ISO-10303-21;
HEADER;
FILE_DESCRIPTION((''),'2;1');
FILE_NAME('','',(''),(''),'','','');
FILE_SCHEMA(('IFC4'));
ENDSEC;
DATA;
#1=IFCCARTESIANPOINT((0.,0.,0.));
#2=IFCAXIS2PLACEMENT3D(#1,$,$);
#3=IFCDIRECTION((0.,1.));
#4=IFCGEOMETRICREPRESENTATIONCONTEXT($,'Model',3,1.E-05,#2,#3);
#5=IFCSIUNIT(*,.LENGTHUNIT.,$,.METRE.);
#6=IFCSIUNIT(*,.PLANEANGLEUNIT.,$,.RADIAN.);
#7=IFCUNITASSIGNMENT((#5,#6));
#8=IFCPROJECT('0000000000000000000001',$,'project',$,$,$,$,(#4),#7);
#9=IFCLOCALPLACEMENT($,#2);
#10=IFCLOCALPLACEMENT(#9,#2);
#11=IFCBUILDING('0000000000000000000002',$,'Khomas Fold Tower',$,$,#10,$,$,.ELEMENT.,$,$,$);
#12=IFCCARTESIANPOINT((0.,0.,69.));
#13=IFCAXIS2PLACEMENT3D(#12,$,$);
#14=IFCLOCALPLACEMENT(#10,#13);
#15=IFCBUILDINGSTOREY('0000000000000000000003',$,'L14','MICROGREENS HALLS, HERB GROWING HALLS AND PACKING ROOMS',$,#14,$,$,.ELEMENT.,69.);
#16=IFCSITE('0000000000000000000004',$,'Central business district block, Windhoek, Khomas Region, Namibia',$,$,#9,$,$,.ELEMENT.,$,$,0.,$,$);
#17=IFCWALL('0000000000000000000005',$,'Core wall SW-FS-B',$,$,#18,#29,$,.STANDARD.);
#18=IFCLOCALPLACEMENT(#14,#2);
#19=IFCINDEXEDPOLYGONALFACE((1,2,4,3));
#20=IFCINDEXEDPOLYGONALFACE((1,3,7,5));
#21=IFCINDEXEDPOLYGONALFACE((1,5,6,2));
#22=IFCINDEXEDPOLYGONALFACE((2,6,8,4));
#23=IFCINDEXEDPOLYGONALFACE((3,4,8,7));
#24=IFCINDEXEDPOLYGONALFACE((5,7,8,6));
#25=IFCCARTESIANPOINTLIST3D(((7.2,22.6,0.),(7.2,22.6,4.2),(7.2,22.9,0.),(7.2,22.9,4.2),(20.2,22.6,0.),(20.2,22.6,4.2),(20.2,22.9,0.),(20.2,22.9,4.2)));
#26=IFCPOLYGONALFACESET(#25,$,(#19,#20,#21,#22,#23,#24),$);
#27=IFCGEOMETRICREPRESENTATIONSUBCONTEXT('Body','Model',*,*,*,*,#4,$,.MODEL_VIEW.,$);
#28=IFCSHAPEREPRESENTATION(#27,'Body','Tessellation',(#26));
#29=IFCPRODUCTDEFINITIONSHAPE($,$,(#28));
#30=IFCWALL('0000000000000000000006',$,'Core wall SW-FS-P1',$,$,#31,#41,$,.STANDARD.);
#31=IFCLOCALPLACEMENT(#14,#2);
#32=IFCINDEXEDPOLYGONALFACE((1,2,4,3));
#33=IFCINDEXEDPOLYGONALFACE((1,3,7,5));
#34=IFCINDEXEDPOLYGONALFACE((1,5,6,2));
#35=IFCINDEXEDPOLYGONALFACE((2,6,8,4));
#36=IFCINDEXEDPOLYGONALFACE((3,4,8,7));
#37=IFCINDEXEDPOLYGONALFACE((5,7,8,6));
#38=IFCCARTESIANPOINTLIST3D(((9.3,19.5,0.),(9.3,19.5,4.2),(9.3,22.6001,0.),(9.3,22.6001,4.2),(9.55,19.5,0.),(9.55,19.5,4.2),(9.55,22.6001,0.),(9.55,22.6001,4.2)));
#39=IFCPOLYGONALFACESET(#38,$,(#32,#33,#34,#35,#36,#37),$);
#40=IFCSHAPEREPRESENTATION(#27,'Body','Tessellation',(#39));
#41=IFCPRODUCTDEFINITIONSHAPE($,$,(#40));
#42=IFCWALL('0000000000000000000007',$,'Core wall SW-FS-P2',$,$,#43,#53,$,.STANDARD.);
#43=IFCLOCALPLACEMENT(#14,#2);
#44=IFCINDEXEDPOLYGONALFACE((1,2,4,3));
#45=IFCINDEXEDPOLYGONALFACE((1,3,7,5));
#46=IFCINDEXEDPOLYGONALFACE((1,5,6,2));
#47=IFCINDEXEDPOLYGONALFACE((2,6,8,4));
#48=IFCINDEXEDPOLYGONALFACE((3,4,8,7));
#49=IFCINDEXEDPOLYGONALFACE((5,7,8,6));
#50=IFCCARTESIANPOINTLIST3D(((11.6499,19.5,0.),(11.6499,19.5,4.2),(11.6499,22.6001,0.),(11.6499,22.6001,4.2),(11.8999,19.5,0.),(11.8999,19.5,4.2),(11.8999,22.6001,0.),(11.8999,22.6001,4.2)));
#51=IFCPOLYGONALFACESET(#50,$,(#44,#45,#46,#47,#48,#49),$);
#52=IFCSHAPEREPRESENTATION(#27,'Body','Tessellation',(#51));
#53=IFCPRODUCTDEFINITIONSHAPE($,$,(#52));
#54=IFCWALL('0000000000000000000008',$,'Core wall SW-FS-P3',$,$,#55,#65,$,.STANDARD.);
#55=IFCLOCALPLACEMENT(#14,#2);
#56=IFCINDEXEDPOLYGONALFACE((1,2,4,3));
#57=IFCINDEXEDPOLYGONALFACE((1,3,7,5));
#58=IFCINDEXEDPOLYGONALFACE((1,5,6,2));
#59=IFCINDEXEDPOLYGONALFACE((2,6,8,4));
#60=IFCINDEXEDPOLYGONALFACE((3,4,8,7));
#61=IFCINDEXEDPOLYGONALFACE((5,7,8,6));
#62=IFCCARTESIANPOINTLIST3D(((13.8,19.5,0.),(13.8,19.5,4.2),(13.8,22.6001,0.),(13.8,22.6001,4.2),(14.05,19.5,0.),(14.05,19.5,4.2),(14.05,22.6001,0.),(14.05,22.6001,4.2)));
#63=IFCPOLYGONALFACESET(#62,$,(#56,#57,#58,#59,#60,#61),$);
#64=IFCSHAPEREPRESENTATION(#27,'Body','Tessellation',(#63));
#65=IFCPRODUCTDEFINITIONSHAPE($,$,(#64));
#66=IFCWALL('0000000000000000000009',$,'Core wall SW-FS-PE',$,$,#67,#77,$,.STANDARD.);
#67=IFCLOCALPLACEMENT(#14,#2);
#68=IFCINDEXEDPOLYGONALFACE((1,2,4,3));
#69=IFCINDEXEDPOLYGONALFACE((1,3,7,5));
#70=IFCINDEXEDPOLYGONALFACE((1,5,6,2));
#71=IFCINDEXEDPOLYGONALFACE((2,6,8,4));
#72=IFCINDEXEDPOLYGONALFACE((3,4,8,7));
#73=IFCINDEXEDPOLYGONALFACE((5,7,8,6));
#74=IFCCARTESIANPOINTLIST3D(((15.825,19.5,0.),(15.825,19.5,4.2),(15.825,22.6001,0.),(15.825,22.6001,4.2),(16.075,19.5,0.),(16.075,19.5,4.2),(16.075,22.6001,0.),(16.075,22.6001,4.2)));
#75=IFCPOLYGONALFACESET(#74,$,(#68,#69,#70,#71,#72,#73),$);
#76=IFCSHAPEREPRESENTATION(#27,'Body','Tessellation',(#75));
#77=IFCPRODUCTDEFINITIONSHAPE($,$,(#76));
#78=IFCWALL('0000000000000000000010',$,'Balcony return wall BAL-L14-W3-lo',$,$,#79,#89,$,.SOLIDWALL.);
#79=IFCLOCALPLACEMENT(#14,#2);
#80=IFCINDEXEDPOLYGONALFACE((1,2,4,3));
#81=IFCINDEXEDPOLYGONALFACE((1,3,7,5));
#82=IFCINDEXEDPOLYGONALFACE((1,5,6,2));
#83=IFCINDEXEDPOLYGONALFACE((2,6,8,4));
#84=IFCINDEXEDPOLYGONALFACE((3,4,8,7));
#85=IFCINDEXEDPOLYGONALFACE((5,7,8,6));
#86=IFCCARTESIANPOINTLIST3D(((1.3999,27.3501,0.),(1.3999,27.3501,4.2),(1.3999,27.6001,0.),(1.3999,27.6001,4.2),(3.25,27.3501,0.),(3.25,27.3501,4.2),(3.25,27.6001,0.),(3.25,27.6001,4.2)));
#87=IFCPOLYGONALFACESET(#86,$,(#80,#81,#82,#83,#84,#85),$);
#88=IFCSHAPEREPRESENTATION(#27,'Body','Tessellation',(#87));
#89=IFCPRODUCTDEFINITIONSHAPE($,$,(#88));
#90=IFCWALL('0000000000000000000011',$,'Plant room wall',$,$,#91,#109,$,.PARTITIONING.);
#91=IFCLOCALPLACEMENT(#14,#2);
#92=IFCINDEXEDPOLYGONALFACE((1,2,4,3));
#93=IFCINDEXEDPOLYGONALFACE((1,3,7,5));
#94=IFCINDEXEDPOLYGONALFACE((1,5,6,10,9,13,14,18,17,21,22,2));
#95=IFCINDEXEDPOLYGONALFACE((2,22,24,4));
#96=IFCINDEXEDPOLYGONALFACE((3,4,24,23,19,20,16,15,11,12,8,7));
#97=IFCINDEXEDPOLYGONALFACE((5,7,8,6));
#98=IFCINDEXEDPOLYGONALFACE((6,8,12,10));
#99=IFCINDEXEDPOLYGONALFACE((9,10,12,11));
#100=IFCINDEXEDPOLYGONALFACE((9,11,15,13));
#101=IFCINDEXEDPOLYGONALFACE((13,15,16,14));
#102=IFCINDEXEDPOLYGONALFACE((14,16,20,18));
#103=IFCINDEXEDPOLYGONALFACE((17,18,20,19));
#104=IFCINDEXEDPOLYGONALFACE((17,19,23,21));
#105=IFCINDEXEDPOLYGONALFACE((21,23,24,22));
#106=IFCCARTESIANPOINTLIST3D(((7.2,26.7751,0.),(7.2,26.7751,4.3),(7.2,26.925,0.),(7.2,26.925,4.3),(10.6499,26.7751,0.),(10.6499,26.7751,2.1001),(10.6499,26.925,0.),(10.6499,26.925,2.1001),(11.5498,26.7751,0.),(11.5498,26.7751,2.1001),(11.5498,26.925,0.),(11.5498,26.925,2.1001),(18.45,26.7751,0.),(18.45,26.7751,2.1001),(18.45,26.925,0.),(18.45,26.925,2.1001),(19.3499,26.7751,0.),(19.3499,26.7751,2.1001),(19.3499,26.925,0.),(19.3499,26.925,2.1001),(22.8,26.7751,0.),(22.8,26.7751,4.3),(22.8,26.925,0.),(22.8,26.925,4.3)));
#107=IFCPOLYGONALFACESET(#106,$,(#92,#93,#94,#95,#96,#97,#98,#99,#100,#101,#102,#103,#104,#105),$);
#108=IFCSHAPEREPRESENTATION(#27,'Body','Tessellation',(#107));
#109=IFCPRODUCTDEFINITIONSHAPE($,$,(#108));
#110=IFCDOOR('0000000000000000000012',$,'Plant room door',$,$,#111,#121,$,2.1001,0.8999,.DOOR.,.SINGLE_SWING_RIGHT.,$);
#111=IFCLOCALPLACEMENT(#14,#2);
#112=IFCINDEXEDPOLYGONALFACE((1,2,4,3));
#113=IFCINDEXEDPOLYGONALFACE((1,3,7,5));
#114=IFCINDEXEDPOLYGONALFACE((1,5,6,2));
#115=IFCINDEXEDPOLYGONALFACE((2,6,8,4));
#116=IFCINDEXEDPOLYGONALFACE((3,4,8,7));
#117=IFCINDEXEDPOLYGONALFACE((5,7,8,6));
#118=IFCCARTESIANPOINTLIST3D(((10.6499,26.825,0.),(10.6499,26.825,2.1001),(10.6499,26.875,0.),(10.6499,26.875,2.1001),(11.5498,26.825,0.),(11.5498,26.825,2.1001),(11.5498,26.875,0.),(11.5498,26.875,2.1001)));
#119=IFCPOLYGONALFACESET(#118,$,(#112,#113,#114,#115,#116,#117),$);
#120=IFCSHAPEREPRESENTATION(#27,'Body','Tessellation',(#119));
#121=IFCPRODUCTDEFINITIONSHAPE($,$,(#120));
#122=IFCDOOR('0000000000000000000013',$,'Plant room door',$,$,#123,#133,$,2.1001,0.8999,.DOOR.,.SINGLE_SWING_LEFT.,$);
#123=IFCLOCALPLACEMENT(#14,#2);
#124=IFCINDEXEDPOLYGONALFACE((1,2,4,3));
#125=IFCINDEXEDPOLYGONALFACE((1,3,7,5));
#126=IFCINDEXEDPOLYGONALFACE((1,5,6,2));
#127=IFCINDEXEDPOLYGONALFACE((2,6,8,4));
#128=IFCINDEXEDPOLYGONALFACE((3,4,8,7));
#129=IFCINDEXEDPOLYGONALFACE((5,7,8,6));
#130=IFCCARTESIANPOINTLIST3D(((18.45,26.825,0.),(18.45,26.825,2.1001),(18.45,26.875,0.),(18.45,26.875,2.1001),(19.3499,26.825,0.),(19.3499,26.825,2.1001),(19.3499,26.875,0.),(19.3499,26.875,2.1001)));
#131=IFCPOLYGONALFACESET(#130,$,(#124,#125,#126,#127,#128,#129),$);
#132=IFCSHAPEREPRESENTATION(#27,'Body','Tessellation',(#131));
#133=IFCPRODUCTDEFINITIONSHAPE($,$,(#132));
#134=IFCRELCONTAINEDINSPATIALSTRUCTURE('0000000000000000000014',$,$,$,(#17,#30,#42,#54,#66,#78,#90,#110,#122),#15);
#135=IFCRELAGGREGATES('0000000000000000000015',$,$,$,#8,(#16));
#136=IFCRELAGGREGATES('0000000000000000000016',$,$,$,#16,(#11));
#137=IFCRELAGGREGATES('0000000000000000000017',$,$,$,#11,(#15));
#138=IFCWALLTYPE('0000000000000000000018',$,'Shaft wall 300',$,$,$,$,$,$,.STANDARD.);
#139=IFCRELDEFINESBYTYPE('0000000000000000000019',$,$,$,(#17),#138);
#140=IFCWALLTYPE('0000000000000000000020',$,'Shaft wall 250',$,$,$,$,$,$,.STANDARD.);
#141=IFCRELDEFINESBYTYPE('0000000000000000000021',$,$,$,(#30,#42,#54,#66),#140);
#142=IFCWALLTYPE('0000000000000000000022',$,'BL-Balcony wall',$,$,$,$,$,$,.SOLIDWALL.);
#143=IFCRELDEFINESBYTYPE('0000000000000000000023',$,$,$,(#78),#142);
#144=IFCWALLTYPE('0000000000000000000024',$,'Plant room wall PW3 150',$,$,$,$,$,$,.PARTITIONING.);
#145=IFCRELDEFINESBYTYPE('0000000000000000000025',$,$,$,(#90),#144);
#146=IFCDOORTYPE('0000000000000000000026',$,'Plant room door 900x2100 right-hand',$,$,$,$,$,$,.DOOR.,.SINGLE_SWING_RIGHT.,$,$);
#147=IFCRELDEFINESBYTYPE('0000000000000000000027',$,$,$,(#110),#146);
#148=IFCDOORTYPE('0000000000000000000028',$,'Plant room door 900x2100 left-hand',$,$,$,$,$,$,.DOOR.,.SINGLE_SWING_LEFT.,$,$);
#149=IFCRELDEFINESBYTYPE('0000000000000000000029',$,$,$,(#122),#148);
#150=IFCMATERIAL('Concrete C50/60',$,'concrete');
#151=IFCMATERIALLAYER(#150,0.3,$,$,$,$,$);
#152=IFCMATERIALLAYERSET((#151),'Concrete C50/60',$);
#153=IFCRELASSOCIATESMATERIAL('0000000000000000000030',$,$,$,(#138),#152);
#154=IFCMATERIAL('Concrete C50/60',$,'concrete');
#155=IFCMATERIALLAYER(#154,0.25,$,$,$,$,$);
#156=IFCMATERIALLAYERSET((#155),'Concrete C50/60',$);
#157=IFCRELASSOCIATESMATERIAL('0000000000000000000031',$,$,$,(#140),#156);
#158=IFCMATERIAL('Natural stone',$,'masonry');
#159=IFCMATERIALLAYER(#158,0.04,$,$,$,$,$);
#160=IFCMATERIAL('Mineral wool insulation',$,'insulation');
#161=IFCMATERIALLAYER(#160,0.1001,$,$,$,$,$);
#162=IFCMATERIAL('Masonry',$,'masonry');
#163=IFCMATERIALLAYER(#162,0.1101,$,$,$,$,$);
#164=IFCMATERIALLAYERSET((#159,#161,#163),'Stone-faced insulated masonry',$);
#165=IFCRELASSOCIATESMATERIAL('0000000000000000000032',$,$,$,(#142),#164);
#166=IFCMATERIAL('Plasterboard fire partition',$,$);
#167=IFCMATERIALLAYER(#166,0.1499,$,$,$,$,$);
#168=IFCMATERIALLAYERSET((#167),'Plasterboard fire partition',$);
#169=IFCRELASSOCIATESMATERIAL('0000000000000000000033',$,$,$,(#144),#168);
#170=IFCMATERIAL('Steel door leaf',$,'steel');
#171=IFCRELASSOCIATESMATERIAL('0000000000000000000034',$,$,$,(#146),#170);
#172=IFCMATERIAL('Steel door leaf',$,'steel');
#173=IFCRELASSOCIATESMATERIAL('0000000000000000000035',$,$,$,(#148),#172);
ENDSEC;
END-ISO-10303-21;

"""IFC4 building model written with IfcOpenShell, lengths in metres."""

from ifc_helpers import new_model, si_unit, direction, frame, frame_2d, origin, place, context, subcontext, project, spatial, rectangle, extrude, source, transform, mapped, material, layer, layer_set, type_object, element, fill, save


model = new_model("IFC4")

# Units and contexts
model_context = context("Model", 3, precision=1e-05, world=origin(), true_north=direction((0.0, 1.0)))
body_context = subcontext(model_context, "Body", "Model", "MODEL_VIEW")
ifc_project = project(units=[si_unit("LENGTHUNIT", "METRE"), si_unit("PLANEANGLEUNIT", "RADIAN")], contexts=[model_context])

# Site, building, storey
site_placement = place(None, origin())
site = spatial("IfcSite", under=ifc_project, at=site_placement, Name="Central business district block, Windhoek, Khomas Region, Namibia", CompositionType="ELEMENT", RefElevation=0.0)
building_placement = place(site_placement, origin())
building = spatial("IfcBuilding", under=site, at=building_placement, Name="Khomas Fold Tower", CompositionType="ELEMENT")
storey_placement = place(building_placement, frame((0.0, 0.0, 69.0)))
storey = spatial("IfcBuildingStorey", under=building, at=storey_placement, Name="L14", Description="MICROGREENS HALLS, HERB GROWING HALLS AND PACKING ROOMS", CompositionType="ELEMENT", Elevation=69.0)

# Walls
ifc_material_1 = material(Name="Concrete C50/60", Category="concrete")
ifc_layer_1 = layer(ifc_material_1, 0.3)
ifc_layer_set_1 = layer_set([ifc_layer_1], Name="Concrete C50/60")
wall_type_1 = type_object("IfcWallType", Name="Shaft wall 300", PredefinedType="STANDARD", material=ifc_layer_set_1)
shared_shape_1 = source(origin(), body_context, "Body", "SweptSolid", [
    extrude(rectangle(XDim=13.0, YDim=0.3, at=frame_2d((6.5, 0.0))), origin(), (0.0, 0.0, 1.0), 4.2),
])
wall_1_placement = place(storey_placement, frame((7.2, 22.75, 0.0), z_axis=(0.0, 0.0, 1.0), x_axis=(1.0, 0.0, 0.0)))
element("IfcWall", 1, at=wall_1_placement, inside=storey, type_object=wall_type_1, Name="Core wall SW-FS-B", PredefinedType="STANDARD", context=body_context, shape_type="MappedRepresentation", body=[
    mapped(shared_shape_1, transform((0.0, 0.0, 0.0))),
])
ifc_material_2 = material(Name="Concrete C50/60", Category="concrete")
ifc_layer_2 = layer(ifc_material_2, 0.25)
ifc_layer_set_2 = layer_set([ifc_layer_2], Name="Concrete C50/60")
wall_type_2 = type_object("IfcWallType", Name="Shaft wall 250", PredefinedType="STANDARD", material=ifc_layer_set_2)
shared_shape_2 = source(origin(), body_context, "Body", "SweptSolid", [
    extrude(rectangle(XDim=3.1001, YDim=0.25, at=frame_2d((1.55, 0.0))), origin(), (0.0, 0.0, 1.0), 4.2),
])
for number, where, z_axis, x_axis, name in (
    (2, (9.425, 19.5, 0.0), (0.0, 0.0, 1.0), (0.0, 1.0, 0.0), "Core wall SW-FS-P1"),
    (3, (11.7749, 19.5, 0.0), (0.0, 0.0, 1.0), (0.0, 1.0, 0.0), "Core wall SW-FS-P2"),
    (4, (13.925, 19.5, 0.0), (0.0, 0.0, 1.0), (0.0, 1.0, 0.0), "Core wall SW-FS-P3"),
    (5, (15.95, 19.5, 0.0), (0.0, 0.0, 1.0), (0.0, 1.0, 0.0), "Core wall SW-FS-PE"),
):
    element("IfcWall", number, at=place(storey_placement, frame(where, z_axis=z_axis, x_axis=x_axis)), inside=storey, type_object=wall_type_2, Name=name, PredefinedType="STANDARD", context=body_context, shape_type="MappedRepresentation", body=[
        mapped(shared_shape_2, transform((0.0, 0.0, 0.0))),
    ])

# Shared definitions
ifc_material_3 = material(Name="Natural stone", Category="masonry")
ifc_layer_3 = layer(ifc_material_3, 0.04)
ifc_material_4 = material(Name="Mineral wool insulation", Category="insulation")
ifc_layer_4 = layer(ifc_material_4, 0.1001)
ifc_material_5 = material(Name="Masonry", Category="masonry")
ifc_layer_5 = layer(ifc_material_5, 0.1101)
ifc_layer_set_3 = layer_set([ifc_layer_3, ifc_layer_4, ifc_layer_5], Name="Stone-faced insulated masonry")
wall_type_3 = type_object("IfcWallType", Name="BL-Balcony wall", PredefinedType="SOLIDWALL", material=ifc_layer_set_3)

# Wall
shared_shape_3 = source(origin(), body_context, "Body", "SweptSolid", [
    extrude(rectangle(XDim=1.8501, YDim=0.25, at=frame_2d((0.925, 0.0))), origin(), (0.0, 0.0, 1.0), 4.2),
])
wall_2_placement = place(storey_placement, frame((1.3999, 27.4751, 0.0), z_axis=(0.0, 0.0, 1.0), x_axis=(1.0, 0.0, 0.0)))
element("IfcWall", 6, at=wall_2_placement, inside=storey, type_object=wall_type_3, Name="Balcony return wall BAL-L14-W3-lo", PredefinedType="SOLIDWALL", context=body_context, shape_type="MappedRepresentation", body=[
    mapped(shared_shape_3, transform((0.0, 0.0, 0.0))),
])

# Wall, openings, doors
ifc_material_6 = material(Name="Plasterboard fire partition")
ifc_layer_6 = layer(ifc_material_6, 0.1499)
ifc_layer_set_4 = layer_set([ifc_layer_6], Name="Plasterboard fire partition")
wall_type_4 = type_object("IfcWallType", Name="Plant room wall PW3 150", PredefinedType="PARTITIONING", material=ifc_layer_set_4)
shared_shape_4 = source(origin(), body_context, "Body", "SweptSolid", [
    extrude(rectangle(XDim=15.6001, YDim=0.1499, at=frame_2d((7.8, 0.0))), origin(), (0.0, 0.0, 1.0), 4.3),
])
wall_3_placement = place(storey_placement, frame((7.2, 26.8501, 0.0), z_axis=(0.0, 0.0, 1.0), x_axis=(1.0, 0.0, 0.0)))
wall_3 = element("IfcWall", 7, at=wall_3_placement, inside=storey, type_object=wall_type_4, Name="Plant room wall", PredefinedType="PARTITIONING", context=body_context, shape_type="MappedRepresentation", body=[
    mapped(shared_shape_4, transform((0.0, 0.0, 0.0))),
])
shared_shape_5 = source(origin(), body_context, "Body", "SweptSolid", [
    extrude(rectangle(XDim=0.8999, YDim=2.1001, at=frame_2d((0.45, 1.05))), frame((0.0, 0.085, 0.0), z_axis=(0.0, -1.0, 0.0), x_axis=(1.0, 0.0, 0.0)), (0.0, 0.0, 1.0), 0.1699),
])
opening_1_placement = place(wall_3_placement, frame((3.45, 0.0, 0.0)))
opening_1 = element("IfcOpeningElement", 8, at=opening_1_placement, cuts=wall_3, PredefinedType="OPENING", context=body_context, shape_type="MappedRepresentation", body=[
    mapped(shared_shape_5, transform((0.0, 0.0, 0.0))),
])
opening_2_placement = place(wall_3_placement, frame((11.25, 0.0, 0.0)))
opening_2 = element("IfcOpeningElement", 9, at=opening_2_placement, cuts=wall_3, PredefinedType="OPENING", context=body_context, shape_type="MappedRepresentation", body=[
    mapped(shared_shape_5, transform((0.0, 0.0, 0.0))),
])
ifc_material_7 = material(Name="Steel door leaf", Category="steel")
door_type_1 = type_object("IfcDoorType", Name="Plant room door 900x2100 right-hand", OperationType="SINGLE_SWING_RIGHT", PredefinedType="DOOR", material=ifc_material_7)
shared_shape_6 = source(origin(), body_context, "Body", "SweptSolid", [
    extrude(rectangle(XDim=0.8999, YDim=2.1001, at=frame_2d((0.45, 1.05))), frame((0.0, 0.0249, 0.0), z_axis=(0.0, -1.0, 0.0), x_axis=(1.0, 0.0, 0.0)), (0.0, 0.0, 1.0), 0.05),
])
door_1_placement = place(opening_1_placement, origin())
door_1 = element("IfcDoor", 10, at=door_1_placement, inside=storey, type_object=door_type_1, Name="Plant room door", OperationType="SINGLE_SWING_RIGHT", OverallHeight=2.1001, OverallWidth=0.8999, PredefinedType="DOOR", context=body_context, shape_type="MappedRepresentation", body=[
    mapped(shared_shape_6, transform((0.0, 0.0, 0.0))),
])
fill(opening_1, door_1)
ifc_material_8 = material(Name="Steel door leaf", Category="steel")
door_type_2 = type_object("IfcDoorType", Name="Plant room door 900x2100 left-hand", OperationType="SINGLE_SWING_LEFT", PredefinedType="DOOR", material=ifc_material_8)
door_2_placement = place(opening_2_placement, origin())
door_2 = element("IfcDoor", 11, at=door_2_placement, inside=storey, type_object=door_type_2, Name="Plant room door", OperationType="SINGLE_SWING_LEFT", OverallHeight=2.1001, OverallWidth=0.8999, PredefinedType="DOOR", context=body_context, shape_type="MappedRepresentation", body=[
    mapped(shared_shape_6, transform((0.0, 0.0, 0.0))),
])
fill(opening_2, door_2)

save(model, "model.ifc")
